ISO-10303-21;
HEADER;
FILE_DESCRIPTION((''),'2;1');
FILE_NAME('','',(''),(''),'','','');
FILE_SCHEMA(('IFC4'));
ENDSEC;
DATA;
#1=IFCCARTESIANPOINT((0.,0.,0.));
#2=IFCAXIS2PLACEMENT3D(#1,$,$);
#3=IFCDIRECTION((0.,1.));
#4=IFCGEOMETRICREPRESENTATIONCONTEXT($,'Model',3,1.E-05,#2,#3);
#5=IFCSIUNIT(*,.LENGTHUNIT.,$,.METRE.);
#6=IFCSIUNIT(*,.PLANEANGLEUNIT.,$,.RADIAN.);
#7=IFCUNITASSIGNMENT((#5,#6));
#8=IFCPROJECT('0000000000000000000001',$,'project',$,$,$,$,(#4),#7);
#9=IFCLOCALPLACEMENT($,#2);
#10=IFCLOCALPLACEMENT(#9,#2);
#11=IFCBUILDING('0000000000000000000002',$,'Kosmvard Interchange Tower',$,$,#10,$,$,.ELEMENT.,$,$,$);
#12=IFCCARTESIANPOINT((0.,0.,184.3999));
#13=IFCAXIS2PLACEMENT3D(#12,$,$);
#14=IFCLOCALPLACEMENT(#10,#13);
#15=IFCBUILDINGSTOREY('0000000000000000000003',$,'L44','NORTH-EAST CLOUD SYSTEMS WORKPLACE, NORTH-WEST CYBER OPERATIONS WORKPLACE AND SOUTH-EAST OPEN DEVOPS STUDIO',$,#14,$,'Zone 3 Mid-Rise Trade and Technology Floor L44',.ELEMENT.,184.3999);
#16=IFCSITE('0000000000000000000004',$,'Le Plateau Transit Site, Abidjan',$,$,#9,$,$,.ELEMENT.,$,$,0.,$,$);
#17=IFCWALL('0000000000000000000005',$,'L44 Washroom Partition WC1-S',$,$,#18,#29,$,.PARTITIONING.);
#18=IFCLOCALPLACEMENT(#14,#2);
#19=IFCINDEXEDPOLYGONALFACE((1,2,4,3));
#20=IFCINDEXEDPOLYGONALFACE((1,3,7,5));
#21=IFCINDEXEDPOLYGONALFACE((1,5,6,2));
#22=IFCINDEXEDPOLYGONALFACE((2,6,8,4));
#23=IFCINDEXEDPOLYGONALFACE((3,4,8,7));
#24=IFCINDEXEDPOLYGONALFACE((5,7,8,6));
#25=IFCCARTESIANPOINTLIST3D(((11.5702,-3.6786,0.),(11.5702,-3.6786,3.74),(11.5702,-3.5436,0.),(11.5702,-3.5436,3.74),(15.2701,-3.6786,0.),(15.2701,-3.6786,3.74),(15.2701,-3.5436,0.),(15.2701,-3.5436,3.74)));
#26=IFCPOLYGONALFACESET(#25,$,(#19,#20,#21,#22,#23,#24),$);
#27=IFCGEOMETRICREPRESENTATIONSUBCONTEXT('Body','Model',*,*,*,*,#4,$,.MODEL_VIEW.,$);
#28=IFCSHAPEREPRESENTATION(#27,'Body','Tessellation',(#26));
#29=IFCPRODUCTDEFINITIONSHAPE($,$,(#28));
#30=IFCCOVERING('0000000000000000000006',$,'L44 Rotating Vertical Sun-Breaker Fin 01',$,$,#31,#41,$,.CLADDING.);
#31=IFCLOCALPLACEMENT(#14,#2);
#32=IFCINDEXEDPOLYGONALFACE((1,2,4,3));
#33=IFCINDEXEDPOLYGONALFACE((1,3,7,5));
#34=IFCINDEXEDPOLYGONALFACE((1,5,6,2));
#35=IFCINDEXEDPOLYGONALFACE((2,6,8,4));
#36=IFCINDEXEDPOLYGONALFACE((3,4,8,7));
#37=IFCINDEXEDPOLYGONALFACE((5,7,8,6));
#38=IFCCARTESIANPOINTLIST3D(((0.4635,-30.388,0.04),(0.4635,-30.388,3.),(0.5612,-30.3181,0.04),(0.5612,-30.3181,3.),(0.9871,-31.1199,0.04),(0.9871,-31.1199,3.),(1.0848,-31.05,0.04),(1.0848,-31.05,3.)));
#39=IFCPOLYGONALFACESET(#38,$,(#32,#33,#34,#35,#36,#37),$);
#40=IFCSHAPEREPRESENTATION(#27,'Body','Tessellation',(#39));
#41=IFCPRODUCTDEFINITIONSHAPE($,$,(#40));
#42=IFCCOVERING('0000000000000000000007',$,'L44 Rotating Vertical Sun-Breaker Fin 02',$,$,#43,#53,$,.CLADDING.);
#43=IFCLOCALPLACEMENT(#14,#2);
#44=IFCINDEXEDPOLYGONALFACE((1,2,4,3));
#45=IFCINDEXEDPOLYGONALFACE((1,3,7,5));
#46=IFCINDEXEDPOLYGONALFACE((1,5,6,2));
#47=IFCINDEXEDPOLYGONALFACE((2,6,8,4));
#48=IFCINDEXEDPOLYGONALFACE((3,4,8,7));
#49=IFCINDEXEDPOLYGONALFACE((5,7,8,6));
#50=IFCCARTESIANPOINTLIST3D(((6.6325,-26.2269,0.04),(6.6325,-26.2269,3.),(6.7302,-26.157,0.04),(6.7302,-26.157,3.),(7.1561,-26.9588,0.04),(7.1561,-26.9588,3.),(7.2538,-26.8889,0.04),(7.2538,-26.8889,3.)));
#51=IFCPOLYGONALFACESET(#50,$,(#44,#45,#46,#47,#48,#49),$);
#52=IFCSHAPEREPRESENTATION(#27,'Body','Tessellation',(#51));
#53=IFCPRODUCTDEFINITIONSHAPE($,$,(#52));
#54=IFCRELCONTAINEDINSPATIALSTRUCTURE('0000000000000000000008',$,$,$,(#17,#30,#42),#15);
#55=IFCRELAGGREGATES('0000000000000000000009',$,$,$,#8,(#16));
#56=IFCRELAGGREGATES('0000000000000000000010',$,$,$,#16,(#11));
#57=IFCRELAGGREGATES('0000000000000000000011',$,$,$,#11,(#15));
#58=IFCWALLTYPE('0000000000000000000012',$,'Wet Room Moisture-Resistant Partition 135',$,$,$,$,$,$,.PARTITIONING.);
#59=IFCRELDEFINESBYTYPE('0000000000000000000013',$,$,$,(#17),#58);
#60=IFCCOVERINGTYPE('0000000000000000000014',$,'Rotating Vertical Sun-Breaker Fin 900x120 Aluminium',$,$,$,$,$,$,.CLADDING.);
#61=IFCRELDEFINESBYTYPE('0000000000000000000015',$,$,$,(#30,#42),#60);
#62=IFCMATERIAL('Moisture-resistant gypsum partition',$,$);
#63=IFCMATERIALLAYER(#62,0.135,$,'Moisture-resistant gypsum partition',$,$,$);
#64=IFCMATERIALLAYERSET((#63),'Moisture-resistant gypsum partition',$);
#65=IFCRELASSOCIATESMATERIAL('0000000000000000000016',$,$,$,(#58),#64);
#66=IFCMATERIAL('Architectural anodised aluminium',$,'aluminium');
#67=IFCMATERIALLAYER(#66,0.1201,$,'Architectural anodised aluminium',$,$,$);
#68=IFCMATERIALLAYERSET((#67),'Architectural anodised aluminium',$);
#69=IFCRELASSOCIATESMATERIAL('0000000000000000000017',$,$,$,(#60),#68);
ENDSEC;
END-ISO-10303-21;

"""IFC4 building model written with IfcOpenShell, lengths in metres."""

from ifc_helpers import new_model, si_unit, direction, frame, frame_2d, origin, origin_2d, place, context, subcontext, project, spatial, rectangle, extrude, source, transform, mapped, material, layer, layer_set, type_object, element, save


model = new_model("IFC4")

# Units and contexts
model_context = context("Model", 3, precision=1e-05, world=origin(), true_north=direction((0.0, 1.0)))
body_context = subcontext(model_context, "Body", "Model", "MODEL_VIEW")
ifc_project = project(units=[si_unit("LENGTHUNIT", "METRE"), si_unit("PLANEANGLEUNIT", "RADIAN")], contexts=[model_context])

# Site, building, storey
site_placement = place(None, origin())
site = spatial("IfcSite", under=ifc_project, at=site_placement, Name="Le Plateau Transit Site, Abidjan", CompositionType="ELEMENT", RefElevation=0.0)
building_placement = place(site_placement, origin())
building = spatial("IfcBuilding", under=site, at=building_placement, Name="Kosmvard Interchange Tower", CompositionType="ELEMENT")
storey_placement = place(building_placement, frame((0.0, 0.0, 184.3999)))
storey = spatial("IfcBuildingStorey", under=building, at=storey_placement, Name="L44", Description="NORTH-EAST CLOUD SYSTEMS WORKPLACE, NORTH-WEST CYBER OPERATIONS WORKPLACE AND SOUTH-EAST OPEN DEVOPS STUDIO", LongName="Zone 3 Mid-Rise Trade and Technology Floor L44", CompositionType="ELEMENT", Elevation=184.3999)

# Wall
ifc_material_1 = material(Name="Moisture-resistant gypsum partition")
ifc_layer_1 = layer(ifc_material_1, 0.135, Name="Moisture-resistant gypsum partition")
ifc_layer_set_1 = layer_set([ifc_layer_1], Name="Moisture-resistant gypsum partition")
wall_type_1 = type_object("IfcWallType", Name="Wet Room Moisture-Resistant Partition 135", PredefinedType="PARTITIONING", material=ifc_layer_set_1)
wall_1_placement = place(storey_placement, frame((11.5701, -3.6111, 0.0), z_axis=(0.0, 0.0, 1.0), x_axis=(1.0, 0.0, 0.0)))
element("IfcWall", 1, at=wall_1_placement, inside=storey, type_object=wall_type_1, Name="L44 Washroom Partition WC1-S", PredefinedType="PARTITIONING", context=body_context, shape_type="SweptSolid", body=[
    extrude(rectangle(XDim=3.7, YDim=0.135, at=frame_2d((1.8501, 0.0))), origin(), (0.0, 0.0, 1.0), 3.74),
])

# Coverings
ifc_material_2 = material(Name="Architectural anodised aluminium", Category="aluminium")
ifc_layer_2 = layer(ifc_material_2, 0.1201, Name="Architectural anodised aluminium")
ifc_layer_set_2 = layer_set([ifc_layer_2], Name="Architectural anodised aluminium")
covering_type = type_object("IfcCoveringType", Name="Rotating Vertical Sun-Breaker Fin 900x120 Aluminium", PredefinedType="CLADDING", material=ifc_layer_set_2)
shared_shape_1 = source(origin(), body_context, "Body", "SweptSolid", [
    extrude(rectangle(XDim=0.8999, YDim=0.1201, at=origin_2d()), origin(), (0.0, 0.0, 1.0), 2.96),
])
for number, where, z_axis, x_axis, name in (
    (2, (0.7742, -30.719, 0.04), (0.0, 0.0, 1.0), (0.581839, -0.813304, 0.0), "L44 Rotating Vertical Sun-Breaker Fin 01"),
    (3, (6.9431, -26.5579, 0.04), (0.0, 0.0, 1.0), (0.581839, -0.813304, 0.0), "L44 Rotating Vertical Sun-Breaker Fin 02"),
):
    element("IfcCovering", number, at=place(storey_placement, frame(where, z_axis=z_axis, x_axis=x_axis)), inside=storey, type_object=covering_type, Name=name, PredefinedType="CLADDING", context=body_context, shape_type="MappedRepresentation", body=[
        mapped(shared_shape_1, transform((0.0, 0.0, 0.0), scale=1.0)),
    ])

save(model, "model.ifc")
